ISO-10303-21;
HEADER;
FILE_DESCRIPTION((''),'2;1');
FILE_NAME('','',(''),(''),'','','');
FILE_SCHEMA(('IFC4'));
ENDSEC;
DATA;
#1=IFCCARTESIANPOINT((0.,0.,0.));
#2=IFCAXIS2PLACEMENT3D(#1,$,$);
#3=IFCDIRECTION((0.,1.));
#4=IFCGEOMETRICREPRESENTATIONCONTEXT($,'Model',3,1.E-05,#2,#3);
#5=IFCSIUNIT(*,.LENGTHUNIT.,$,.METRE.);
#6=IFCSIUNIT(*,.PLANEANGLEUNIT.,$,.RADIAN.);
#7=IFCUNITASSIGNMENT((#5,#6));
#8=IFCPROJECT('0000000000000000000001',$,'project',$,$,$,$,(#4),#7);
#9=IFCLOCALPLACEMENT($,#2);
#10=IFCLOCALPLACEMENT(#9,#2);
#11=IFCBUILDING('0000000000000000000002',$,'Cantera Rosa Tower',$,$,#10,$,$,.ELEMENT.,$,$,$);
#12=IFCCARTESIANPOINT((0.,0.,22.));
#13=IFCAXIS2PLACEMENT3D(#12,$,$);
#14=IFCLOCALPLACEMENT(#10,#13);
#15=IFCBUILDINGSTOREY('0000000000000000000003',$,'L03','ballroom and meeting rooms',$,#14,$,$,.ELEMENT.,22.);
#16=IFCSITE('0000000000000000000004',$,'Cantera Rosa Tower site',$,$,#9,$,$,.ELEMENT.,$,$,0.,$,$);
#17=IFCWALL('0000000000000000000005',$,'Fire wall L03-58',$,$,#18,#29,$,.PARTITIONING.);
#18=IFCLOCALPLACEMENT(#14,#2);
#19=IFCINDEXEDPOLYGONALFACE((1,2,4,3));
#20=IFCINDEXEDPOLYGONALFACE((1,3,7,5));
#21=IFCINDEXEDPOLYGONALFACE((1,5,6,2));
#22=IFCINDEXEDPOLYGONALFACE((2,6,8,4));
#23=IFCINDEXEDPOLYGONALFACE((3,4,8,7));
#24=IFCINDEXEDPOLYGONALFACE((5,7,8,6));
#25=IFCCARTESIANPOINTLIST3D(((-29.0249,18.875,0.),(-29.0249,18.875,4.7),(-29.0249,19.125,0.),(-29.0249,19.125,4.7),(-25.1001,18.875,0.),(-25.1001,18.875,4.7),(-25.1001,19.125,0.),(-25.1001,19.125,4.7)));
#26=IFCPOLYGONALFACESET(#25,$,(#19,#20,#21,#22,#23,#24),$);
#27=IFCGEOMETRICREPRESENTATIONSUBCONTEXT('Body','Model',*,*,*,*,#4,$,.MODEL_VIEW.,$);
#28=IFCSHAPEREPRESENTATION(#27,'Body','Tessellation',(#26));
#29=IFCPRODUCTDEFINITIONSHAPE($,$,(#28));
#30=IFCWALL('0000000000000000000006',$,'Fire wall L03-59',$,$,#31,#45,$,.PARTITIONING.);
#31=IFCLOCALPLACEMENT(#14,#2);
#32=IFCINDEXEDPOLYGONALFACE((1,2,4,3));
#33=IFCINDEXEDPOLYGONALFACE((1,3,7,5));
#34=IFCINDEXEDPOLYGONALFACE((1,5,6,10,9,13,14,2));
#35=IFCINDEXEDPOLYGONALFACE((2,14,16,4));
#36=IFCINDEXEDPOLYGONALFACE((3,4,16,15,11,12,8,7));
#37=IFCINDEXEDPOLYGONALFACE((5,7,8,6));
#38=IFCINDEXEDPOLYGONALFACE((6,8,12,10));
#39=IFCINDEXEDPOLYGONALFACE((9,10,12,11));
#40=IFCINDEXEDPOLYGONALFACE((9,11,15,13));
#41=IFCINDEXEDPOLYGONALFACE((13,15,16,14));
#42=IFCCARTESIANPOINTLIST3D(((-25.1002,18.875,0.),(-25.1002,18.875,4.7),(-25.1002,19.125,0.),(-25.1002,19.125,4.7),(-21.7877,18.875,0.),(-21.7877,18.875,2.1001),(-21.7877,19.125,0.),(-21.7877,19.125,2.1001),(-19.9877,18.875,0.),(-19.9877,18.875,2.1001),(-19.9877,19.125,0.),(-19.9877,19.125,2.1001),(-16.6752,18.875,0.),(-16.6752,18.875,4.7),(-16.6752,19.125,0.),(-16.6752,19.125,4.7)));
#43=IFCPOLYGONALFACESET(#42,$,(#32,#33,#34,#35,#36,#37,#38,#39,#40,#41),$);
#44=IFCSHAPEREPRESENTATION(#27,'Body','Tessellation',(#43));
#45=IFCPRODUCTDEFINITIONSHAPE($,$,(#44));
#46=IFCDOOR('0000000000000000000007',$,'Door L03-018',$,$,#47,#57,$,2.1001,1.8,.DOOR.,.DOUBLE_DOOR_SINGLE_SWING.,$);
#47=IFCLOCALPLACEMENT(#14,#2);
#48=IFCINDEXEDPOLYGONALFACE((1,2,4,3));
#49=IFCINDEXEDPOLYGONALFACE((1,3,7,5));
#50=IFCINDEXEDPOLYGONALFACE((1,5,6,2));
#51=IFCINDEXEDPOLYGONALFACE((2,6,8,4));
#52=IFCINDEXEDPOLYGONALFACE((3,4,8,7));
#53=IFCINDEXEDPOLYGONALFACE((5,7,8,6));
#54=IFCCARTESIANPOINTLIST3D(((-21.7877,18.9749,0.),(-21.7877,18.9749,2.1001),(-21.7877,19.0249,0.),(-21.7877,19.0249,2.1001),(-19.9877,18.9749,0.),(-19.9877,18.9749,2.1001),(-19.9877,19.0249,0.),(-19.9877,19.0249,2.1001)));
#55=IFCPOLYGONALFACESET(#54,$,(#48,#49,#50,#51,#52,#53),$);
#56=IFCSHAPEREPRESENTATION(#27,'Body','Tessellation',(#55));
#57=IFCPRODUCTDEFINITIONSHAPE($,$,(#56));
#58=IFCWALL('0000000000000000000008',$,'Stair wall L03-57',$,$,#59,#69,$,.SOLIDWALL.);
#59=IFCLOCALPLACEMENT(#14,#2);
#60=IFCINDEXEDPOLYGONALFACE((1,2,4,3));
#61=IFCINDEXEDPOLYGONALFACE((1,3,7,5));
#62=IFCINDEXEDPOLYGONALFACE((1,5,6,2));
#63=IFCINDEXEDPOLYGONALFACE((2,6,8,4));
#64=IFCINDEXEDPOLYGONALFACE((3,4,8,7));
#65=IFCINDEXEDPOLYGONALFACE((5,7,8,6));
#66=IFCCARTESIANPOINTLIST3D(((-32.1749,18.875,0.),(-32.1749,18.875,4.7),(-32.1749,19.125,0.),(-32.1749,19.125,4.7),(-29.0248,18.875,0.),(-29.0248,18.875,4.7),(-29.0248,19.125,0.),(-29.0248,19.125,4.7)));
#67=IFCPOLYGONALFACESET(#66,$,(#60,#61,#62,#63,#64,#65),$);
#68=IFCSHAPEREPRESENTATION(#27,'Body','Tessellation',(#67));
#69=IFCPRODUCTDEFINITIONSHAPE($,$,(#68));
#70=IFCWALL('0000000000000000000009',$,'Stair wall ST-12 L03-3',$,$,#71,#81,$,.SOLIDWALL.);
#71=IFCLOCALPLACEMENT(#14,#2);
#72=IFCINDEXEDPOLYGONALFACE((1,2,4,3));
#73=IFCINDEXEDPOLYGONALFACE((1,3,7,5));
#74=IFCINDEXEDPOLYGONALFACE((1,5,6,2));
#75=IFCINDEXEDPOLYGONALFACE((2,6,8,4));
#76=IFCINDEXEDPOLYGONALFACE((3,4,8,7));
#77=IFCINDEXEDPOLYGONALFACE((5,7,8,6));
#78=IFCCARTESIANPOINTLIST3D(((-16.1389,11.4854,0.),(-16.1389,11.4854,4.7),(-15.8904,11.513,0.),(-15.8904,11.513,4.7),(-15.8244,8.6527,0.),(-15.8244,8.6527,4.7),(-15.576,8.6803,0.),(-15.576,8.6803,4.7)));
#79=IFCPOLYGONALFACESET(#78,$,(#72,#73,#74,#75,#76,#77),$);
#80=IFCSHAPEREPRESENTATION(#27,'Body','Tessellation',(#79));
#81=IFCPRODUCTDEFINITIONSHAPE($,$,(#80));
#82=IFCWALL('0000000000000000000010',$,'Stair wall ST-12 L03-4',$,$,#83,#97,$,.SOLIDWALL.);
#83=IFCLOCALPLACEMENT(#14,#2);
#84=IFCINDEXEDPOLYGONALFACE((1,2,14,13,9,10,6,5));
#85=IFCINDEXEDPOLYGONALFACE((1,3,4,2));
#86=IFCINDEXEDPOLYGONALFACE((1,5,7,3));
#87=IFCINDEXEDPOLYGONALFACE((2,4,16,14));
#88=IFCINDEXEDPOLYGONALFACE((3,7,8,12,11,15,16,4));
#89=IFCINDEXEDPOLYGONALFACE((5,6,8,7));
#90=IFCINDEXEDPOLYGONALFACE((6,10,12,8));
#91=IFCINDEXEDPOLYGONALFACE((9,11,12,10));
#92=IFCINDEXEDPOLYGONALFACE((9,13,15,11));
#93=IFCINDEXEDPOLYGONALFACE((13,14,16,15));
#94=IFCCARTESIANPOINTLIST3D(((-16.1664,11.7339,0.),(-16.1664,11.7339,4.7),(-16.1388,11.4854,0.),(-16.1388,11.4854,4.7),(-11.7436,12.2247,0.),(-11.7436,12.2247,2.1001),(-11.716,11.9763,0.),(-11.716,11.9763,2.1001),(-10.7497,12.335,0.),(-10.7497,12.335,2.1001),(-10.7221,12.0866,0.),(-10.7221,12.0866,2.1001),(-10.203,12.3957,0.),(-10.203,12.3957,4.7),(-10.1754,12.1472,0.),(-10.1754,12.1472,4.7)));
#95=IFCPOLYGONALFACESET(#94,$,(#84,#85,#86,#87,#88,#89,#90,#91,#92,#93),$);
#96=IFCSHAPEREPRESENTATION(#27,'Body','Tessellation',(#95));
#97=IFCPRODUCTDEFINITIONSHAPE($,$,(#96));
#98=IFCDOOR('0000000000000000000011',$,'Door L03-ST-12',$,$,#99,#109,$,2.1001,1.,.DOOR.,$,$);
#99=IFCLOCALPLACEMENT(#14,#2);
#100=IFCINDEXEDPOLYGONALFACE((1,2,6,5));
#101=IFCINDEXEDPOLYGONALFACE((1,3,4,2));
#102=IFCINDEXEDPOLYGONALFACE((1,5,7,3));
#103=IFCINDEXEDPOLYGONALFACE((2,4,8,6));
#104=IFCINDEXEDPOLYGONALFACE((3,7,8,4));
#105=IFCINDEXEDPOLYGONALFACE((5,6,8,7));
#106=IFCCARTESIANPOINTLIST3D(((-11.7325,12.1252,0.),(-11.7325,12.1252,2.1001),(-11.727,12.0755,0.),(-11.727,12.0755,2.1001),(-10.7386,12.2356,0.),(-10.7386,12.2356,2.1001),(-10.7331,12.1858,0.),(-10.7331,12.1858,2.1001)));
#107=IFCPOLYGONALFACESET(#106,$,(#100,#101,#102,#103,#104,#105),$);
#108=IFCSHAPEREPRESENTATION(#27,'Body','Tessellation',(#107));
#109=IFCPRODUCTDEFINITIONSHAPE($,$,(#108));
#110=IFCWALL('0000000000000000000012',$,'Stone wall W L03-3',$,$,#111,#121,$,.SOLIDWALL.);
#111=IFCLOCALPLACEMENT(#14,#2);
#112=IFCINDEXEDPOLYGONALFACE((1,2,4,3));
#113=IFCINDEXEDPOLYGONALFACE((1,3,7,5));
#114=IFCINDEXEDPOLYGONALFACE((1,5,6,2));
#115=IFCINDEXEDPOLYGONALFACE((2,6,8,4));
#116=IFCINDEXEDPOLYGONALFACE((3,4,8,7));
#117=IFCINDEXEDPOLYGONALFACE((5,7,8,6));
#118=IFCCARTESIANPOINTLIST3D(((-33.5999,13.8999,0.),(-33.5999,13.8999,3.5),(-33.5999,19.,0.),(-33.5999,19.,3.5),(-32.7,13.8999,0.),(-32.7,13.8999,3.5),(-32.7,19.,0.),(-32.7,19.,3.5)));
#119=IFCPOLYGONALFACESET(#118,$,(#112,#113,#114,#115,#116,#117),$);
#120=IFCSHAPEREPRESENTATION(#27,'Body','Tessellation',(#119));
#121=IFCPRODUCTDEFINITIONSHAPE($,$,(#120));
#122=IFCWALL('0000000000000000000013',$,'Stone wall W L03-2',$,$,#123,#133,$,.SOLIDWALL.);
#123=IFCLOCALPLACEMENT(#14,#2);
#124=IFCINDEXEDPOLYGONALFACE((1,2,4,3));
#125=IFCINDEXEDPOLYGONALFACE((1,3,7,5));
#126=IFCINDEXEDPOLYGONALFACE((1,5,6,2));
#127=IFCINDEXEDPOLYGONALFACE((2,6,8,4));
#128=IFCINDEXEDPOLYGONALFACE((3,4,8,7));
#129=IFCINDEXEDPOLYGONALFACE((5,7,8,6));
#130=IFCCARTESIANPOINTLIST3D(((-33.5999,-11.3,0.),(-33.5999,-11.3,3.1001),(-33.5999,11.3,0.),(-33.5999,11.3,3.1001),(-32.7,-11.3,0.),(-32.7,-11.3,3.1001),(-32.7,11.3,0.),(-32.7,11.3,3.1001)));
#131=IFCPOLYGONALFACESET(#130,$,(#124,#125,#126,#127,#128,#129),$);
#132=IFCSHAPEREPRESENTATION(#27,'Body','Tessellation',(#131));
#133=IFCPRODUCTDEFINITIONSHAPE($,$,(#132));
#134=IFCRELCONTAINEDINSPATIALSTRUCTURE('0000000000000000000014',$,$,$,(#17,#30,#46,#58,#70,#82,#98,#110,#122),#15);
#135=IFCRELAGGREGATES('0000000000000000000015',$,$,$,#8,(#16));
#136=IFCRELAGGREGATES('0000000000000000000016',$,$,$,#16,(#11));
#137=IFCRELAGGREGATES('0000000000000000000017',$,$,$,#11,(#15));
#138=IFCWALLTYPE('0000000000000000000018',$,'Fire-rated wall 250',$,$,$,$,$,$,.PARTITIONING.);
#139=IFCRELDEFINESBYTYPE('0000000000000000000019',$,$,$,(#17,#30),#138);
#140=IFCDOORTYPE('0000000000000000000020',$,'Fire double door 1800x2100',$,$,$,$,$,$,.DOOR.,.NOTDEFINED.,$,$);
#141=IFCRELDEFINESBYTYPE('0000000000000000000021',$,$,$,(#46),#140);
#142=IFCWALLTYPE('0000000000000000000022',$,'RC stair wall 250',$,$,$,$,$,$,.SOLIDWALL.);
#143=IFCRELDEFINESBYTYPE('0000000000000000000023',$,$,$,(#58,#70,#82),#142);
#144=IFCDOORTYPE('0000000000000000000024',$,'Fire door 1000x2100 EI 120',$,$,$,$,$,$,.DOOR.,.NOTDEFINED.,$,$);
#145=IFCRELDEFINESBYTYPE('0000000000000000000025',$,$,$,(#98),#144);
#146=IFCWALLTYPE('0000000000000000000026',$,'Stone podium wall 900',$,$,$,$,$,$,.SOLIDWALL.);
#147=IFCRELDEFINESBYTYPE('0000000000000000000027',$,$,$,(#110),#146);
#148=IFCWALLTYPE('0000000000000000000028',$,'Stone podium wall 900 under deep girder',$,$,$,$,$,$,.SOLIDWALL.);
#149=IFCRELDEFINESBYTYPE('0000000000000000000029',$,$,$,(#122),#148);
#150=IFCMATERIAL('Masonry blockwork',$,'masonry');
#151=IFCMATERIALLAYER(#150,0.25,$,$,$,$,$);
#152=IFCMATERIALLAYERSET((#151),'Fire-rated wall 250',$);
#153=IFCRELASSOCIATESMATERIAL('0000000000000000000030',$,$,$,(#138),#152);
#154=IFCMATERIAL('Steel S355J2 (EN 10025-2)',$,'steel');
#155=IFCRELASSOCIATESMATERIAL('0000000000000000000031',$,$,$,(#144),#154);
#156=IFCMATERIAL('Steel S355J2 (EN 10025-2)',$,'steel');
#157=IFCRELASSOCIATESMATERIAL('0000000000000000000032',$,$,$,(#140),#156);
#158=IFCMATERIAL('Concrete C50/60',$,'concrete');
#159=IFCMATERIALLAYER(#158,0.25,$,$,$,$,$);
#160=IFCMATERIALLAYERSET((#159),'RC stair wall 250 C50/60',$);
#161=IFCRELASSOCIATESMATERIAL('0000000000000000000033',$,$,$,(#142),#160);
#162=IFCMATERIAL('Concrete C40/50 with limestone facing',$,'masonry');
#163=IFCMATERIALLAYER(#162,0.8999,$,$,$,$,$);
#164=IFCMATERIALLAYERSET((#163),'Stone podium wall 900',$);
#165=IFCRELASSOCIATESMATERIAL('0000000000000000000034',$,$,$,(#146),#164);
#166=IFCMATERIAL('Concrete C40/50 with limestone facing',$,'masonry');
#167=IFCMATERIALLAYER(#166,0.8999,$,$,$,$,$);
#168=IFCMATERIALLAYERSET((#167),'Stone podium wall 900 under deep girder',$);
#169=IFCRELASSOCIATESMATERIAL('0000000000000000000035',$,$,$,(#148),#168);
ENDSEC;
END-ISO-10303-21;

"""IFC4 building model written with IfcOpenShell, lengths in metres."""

from ifc_helpers import new_model, si_unit, direction, frame, frame_2d, origin, place, context, subcontext, project, spatial, rectangle, extrude, material, layer, layer_set, type_object, element, fill, save


model = new_model("IFC4")

# Units and contexts
model_context = context("Model", 3, precision=1e-05, world=origin(), true_north=direction((0.0, 1.0)))
body_context = subcontext(model_context, "Body", "Model", "MODEL_VIEW")
ifc_project = project(units=[si_unit("LENGTHUNIT", "METRE"), si_unit("PLANEANGLEUNIT", "RADIAN")], contexts=[model_context])

# Site, building, storey
site_placement = place(None, origin())
site = spatial("IfcSite", under=ifc_project, at=site_placement, Name="Cantera Rosa Tower site", CompositionType="ELEMENT", RefElevation=0.0)
building_placement = place(site_placement, origin())
building = spatial("IfcBuilding", under=site, at=building_placement, Name="Cantera Rosa Tower", CompositionType="ELEMENT")
storey_placement = place(building_placement, frame((0.0, 0.0, 22.0)))
storey = spatial("IfcBuildingStorey", under=building, at=storey_placement, Name="L03", Description="ballroom and meeting rooms", CompositionType="ELEMENT", Elevation=22.0)

# Shared definitions
ifc_material_1 = material(Name="Masonry blockwork", Category="masonry")
ifc_layer_1 = layer(ifc_material_1, 0.25)
ifc_layer_set_1 = layer_set([ifc_layer_1], Name="Fire-rated wall 250")
wall_type_1 = type_object("IfcWallType", Name="Fire-rated wall 250", PredefinedType="PARTITIONING", material=ifc_layer_set_1)

# Shared definitions
ifc_material_2 = material(Name="Steel S355J2 (EN 10025-2)", Category="steel")
door_type_1 = type_object("IfcDoorType", Name="Fire door 1000x2100 EI 120", OperationType="NOTDEFINED", PredefinedType="DOOR", material=ifc_material_2)

# Wall
wall_1_placement = place(storey_placement, frame((-29.0249, 19.0, 0.0), z_axis=(0.0, 0.0, 1.0), x_axis=(1.0, 0.0, 0.0)))
element("IfcWall", 1, at=wall_1_placement, inside=storey, type_object=wall_type_1, Name="Fire wall L03-58", PredefinedType="PARTITIONING", context=body_context, shape_type="SweptSolid", body=[
    extrude(rectangle(XDim=3.9248, YDim=0.25, at=frame_2d((1.9624, 0.0))), origin(), (0.0, 0.0, 1.0), 4.7),
])

# Wall, opening, door
wall_2_placement = place(storey_placement, frame((-25.1001, 19.0, 0.0), z_axis=(0.0, 0.0, 1.0), x_axis=(1.0, 0.0, 0.0)))
wall_2 = element("IfcWall", 2, at=wall_2_placement, inside=storey, type_object=wall_type_1, Name="Fire wall L03-59", PredefinedType="PARTITIONING", context=body_context, shape_type="SweptSolid", body=[
    extrude(rectangle(XDim=8.425, YDim=0.25, at=frame_2d((4.2124, 0.0))), origin(), (0.0, 0.0, 1.0), 4.7),
])
opening_1_placement = place(wall_2_placement, frame((3.3125, 0.0, 0.0)))
opening_1 = element("IfcOpeningElement", 3, at=opening_1_placement, cuts=wall_2, PredefinedType="OPENING", context=body_context, shape_type="SweptSolid", body=[
    extrude(rectangle(XDim=1.8, YDim=2.1001, at=frame_2d((0.8999, 1.05))), frame((0.0, 0.135, 0.0), z_axis=(0.0, -1.0, 0.0), x_axis=(1.0, 0.0, 0.0)), (0.0, 0.0, 1.0), 0.27),
])
ifc_material_3 = material(Name="Steel S355J2 (EN 10025-2)", Category="steel")
door_type_2 = type_object("IfcDoorType", Name="Fire double door 1800x2100", OperationType="NOTDEFINED", PredefinedType="DOOR", material=ifc_material_3)
door_1_placement = place(opening_1_placement, origin())
door_1 = element("IfcDoor", 4, at=door_1_placement, inside=storey, type_object=door_type_2, Name="Door L03-018", OperationType="DOUBLE_DOOR_SINGLE_SWING", OverallHeight=2.1001, OverallWidth=1.8, PredefinedType="DOOR", context=body_context, shape_type="SweptSolid", body=[
    extrude(rectangle(XDim=1.8, YDim=2.1001, at=frame_2d((0.8999, 1.05))), frame((0.0, 0.0249, 0.0), z_axis=(0.0, -1.0, 0.0), x_axis=(1.0, 0.0, 0.0)), (0.0, 0.0, 1.0), 0.05),
])
fill(opening_1, door_1)

# Walls
ifc_material_4 = material(Name="Concrete C50/60", Category="concrete")
ifc_layer_2 = layer(ifc_material_4, 0.25)
ifc_layer_set_2 = layer_set([ifc_layer_2], Name="RC stair wall 250 C50/60")
wall_type_2 = type_object("IfcWallType", Name="RC stair wall 250", PredefinedType="SOLIDWALL", material=ifc_layer_set_2)
wall_3_placement = place(storey_placement, frame((-32.175, 19.0, 0.0), z_axis=(0.0, 0.0, 1.0), x_axis=(1.0, 0.0, 0.0)))
element("IfcWall", 5, at=wall_3_placement, inside=storey, type_object=wall_type_2, Name="Stair wall L03-57", PredefinedType="SOLIDWALL", context=body_context, shape_type="SweptSolid", body=[
    extrude(rectangle(XDim=3.1501, YDim=0.25, at=frame_2d((1.5752, 0.0))), origin(), (0.0, 0.0, 1.0), 4.7),
])
wall_4_placement = place(storey_placement, frame((-15.7002, 8.6665, 0.0), z_axis=(0.0, 0.0, 1.0), x_axis=(-0.110328, 0.993895, 0.0)))
element("IfcWall", 6, at=wall_4_placement, inside=storey, type_object=wall_type_2, Name="Stair wall ST-12 L03-3", PredefinedType="SOLIDWALL", context=body_context, shape_type="SweptSolid", body=[
    extrude(rectangle(XDim=2.8501, YDim=0.25, at=frame_2d((1.425, 0.0))), origin(), (0.0, 0.0, 1.0), 4.7),
])

# Wall, opening, door
wall_5_placement = place(storey_placement, frame((-16.1526, 11.6096, 0.0), z_axis=(0.0, 0.0, 1.0), x_axis=(0.993897, 0.110311, 0.0)))
wall_5 = element("IfcWall", 7, at=wall_5_placement, inside=storey, type_object=wall_type_2, Name="Stair wall ST-12 L03-4", PredefinedType="SOLIDWALL", context=body_context, shape_type="SweptSolid", body=[
    extrude(rectangle(XDim=6.0, YDim=0.25, at=frame_2d((3.0, 0.0))), origin(), (0.0, 0.0, 1.0), 4.7),
])
opening_2_placement = place(wall_5_placement, frame((4.45, 0.0, 0.0)))
opening_2 = element("IfcOpeningElement", 8, at=opening_2_placement, cuts=wall_5, PredefinedType="OPENING", context=body_context, shape_type="SweptSolid", body=[
    extrude(rectangle(XDim=1.0, YDim=2.1001, at=frame_2d((0.5, 1.05))), frame((0.0, 0.135, 0.0), z_axis=(0.0, -1.0, 0.0), x_axis=(1.0, 0.0, 0.0)), (0.0, 0.0, 1.0), 0.27),
])
door_2_placement = place(opening_2_placement, origin())
door_2 = element("IfcDoor", 9, at=door_2_placement, inside=storey, type_object=door_type_1, Name="Door L03-ST-12", OverallHeight=2.1001, OverallWidth=1.0, PredefinedType="DOOR", context=body_context, shape_type="SweptSolid", body=[
    extrude(rectangle(XDim=1.0, YDim=2.1001, at=frame_2d((0.5, 1.05))), frame((0.0, 0.0249, 0.0), z_axis=(0.0, -1.0, 0.0), x_axis=(1.0, 0.0, 0.0)), (0.0, 0.0, 1.0), 0.05),
])
fill(opening_2, door_2)

# Walls
ifc_material_5 = material(Name="Concrete C40/50 with limestone facing", Category="masonry")
ifc_layer_3 = layer(ifc_material_5, 0.8999)
ifc_layer_set_3 = layer_set([ifc_layer_3], Name="Stone podium wall 900")
wall_type_3 = type_object("IfcWallType", Name="Stone podium wall 900", PredefinedType="SOLIDWALL", material=ifc_layer_set_3)
wall_6_placement = place(storey_placement, frame((-33.1499, 19.0, 0.0), z_axis=(0.0, 0.0, 1.0), x_axis=(0.0, -1.0, 0.0)))
element("IfcWall", 10, at=wall_6_placement, inside=storey, type_object=wall_type_3, Name="Stone wall W L03-3", PredefinedType="SOLIDWALL", context=body_context, shape_type="SweptSolid", body=[
    extrude(rectangle(XDim=5.1001, YDim=0.8999, at=frame_2d((2.55, 0.0))), origin(), (0.0, 0.0, 1.0), 3.5),
])
ifc_material_6 = material(Name="Concrete C40/50 with limestone facing", Category="masonry")
ifc_layer_4 = layer(ifc_material_6, 0.8999)
ifc_layer_set_4 = layer_set([ifc_layer_4], Name="Stone podium wall 900 under deep girder")
wall_type_4 = type_object("IfcWallType", Name="Stone podium wall 900 under deep girder", PredefinedType="SOLIDWALL", material=ifc_layer_set_4)
wall_7_placement = place(storey_placement, frame((-33.1499, 11.3, 0.0), z_axis=(0.0, 0.0, 1.0), x_axis=(0.0, -1.0, 0.0)))
element("IfcWall", 11, at=wall_7_placement, inside=storey, type_object=wall_type_4, Name="Stone wall W L03-2", PredefinedType="SOLIDWALL", context=body_context, shape_type="SweptSolid", body=[
    extrude(rectangle(XDim=22.6001, YDim=0.8999, at=frame_2d((11.3, 0.0))), origin(), (0.0, 0.0, 1.0), 3.1001),
])

save(model, "model.ifc")
